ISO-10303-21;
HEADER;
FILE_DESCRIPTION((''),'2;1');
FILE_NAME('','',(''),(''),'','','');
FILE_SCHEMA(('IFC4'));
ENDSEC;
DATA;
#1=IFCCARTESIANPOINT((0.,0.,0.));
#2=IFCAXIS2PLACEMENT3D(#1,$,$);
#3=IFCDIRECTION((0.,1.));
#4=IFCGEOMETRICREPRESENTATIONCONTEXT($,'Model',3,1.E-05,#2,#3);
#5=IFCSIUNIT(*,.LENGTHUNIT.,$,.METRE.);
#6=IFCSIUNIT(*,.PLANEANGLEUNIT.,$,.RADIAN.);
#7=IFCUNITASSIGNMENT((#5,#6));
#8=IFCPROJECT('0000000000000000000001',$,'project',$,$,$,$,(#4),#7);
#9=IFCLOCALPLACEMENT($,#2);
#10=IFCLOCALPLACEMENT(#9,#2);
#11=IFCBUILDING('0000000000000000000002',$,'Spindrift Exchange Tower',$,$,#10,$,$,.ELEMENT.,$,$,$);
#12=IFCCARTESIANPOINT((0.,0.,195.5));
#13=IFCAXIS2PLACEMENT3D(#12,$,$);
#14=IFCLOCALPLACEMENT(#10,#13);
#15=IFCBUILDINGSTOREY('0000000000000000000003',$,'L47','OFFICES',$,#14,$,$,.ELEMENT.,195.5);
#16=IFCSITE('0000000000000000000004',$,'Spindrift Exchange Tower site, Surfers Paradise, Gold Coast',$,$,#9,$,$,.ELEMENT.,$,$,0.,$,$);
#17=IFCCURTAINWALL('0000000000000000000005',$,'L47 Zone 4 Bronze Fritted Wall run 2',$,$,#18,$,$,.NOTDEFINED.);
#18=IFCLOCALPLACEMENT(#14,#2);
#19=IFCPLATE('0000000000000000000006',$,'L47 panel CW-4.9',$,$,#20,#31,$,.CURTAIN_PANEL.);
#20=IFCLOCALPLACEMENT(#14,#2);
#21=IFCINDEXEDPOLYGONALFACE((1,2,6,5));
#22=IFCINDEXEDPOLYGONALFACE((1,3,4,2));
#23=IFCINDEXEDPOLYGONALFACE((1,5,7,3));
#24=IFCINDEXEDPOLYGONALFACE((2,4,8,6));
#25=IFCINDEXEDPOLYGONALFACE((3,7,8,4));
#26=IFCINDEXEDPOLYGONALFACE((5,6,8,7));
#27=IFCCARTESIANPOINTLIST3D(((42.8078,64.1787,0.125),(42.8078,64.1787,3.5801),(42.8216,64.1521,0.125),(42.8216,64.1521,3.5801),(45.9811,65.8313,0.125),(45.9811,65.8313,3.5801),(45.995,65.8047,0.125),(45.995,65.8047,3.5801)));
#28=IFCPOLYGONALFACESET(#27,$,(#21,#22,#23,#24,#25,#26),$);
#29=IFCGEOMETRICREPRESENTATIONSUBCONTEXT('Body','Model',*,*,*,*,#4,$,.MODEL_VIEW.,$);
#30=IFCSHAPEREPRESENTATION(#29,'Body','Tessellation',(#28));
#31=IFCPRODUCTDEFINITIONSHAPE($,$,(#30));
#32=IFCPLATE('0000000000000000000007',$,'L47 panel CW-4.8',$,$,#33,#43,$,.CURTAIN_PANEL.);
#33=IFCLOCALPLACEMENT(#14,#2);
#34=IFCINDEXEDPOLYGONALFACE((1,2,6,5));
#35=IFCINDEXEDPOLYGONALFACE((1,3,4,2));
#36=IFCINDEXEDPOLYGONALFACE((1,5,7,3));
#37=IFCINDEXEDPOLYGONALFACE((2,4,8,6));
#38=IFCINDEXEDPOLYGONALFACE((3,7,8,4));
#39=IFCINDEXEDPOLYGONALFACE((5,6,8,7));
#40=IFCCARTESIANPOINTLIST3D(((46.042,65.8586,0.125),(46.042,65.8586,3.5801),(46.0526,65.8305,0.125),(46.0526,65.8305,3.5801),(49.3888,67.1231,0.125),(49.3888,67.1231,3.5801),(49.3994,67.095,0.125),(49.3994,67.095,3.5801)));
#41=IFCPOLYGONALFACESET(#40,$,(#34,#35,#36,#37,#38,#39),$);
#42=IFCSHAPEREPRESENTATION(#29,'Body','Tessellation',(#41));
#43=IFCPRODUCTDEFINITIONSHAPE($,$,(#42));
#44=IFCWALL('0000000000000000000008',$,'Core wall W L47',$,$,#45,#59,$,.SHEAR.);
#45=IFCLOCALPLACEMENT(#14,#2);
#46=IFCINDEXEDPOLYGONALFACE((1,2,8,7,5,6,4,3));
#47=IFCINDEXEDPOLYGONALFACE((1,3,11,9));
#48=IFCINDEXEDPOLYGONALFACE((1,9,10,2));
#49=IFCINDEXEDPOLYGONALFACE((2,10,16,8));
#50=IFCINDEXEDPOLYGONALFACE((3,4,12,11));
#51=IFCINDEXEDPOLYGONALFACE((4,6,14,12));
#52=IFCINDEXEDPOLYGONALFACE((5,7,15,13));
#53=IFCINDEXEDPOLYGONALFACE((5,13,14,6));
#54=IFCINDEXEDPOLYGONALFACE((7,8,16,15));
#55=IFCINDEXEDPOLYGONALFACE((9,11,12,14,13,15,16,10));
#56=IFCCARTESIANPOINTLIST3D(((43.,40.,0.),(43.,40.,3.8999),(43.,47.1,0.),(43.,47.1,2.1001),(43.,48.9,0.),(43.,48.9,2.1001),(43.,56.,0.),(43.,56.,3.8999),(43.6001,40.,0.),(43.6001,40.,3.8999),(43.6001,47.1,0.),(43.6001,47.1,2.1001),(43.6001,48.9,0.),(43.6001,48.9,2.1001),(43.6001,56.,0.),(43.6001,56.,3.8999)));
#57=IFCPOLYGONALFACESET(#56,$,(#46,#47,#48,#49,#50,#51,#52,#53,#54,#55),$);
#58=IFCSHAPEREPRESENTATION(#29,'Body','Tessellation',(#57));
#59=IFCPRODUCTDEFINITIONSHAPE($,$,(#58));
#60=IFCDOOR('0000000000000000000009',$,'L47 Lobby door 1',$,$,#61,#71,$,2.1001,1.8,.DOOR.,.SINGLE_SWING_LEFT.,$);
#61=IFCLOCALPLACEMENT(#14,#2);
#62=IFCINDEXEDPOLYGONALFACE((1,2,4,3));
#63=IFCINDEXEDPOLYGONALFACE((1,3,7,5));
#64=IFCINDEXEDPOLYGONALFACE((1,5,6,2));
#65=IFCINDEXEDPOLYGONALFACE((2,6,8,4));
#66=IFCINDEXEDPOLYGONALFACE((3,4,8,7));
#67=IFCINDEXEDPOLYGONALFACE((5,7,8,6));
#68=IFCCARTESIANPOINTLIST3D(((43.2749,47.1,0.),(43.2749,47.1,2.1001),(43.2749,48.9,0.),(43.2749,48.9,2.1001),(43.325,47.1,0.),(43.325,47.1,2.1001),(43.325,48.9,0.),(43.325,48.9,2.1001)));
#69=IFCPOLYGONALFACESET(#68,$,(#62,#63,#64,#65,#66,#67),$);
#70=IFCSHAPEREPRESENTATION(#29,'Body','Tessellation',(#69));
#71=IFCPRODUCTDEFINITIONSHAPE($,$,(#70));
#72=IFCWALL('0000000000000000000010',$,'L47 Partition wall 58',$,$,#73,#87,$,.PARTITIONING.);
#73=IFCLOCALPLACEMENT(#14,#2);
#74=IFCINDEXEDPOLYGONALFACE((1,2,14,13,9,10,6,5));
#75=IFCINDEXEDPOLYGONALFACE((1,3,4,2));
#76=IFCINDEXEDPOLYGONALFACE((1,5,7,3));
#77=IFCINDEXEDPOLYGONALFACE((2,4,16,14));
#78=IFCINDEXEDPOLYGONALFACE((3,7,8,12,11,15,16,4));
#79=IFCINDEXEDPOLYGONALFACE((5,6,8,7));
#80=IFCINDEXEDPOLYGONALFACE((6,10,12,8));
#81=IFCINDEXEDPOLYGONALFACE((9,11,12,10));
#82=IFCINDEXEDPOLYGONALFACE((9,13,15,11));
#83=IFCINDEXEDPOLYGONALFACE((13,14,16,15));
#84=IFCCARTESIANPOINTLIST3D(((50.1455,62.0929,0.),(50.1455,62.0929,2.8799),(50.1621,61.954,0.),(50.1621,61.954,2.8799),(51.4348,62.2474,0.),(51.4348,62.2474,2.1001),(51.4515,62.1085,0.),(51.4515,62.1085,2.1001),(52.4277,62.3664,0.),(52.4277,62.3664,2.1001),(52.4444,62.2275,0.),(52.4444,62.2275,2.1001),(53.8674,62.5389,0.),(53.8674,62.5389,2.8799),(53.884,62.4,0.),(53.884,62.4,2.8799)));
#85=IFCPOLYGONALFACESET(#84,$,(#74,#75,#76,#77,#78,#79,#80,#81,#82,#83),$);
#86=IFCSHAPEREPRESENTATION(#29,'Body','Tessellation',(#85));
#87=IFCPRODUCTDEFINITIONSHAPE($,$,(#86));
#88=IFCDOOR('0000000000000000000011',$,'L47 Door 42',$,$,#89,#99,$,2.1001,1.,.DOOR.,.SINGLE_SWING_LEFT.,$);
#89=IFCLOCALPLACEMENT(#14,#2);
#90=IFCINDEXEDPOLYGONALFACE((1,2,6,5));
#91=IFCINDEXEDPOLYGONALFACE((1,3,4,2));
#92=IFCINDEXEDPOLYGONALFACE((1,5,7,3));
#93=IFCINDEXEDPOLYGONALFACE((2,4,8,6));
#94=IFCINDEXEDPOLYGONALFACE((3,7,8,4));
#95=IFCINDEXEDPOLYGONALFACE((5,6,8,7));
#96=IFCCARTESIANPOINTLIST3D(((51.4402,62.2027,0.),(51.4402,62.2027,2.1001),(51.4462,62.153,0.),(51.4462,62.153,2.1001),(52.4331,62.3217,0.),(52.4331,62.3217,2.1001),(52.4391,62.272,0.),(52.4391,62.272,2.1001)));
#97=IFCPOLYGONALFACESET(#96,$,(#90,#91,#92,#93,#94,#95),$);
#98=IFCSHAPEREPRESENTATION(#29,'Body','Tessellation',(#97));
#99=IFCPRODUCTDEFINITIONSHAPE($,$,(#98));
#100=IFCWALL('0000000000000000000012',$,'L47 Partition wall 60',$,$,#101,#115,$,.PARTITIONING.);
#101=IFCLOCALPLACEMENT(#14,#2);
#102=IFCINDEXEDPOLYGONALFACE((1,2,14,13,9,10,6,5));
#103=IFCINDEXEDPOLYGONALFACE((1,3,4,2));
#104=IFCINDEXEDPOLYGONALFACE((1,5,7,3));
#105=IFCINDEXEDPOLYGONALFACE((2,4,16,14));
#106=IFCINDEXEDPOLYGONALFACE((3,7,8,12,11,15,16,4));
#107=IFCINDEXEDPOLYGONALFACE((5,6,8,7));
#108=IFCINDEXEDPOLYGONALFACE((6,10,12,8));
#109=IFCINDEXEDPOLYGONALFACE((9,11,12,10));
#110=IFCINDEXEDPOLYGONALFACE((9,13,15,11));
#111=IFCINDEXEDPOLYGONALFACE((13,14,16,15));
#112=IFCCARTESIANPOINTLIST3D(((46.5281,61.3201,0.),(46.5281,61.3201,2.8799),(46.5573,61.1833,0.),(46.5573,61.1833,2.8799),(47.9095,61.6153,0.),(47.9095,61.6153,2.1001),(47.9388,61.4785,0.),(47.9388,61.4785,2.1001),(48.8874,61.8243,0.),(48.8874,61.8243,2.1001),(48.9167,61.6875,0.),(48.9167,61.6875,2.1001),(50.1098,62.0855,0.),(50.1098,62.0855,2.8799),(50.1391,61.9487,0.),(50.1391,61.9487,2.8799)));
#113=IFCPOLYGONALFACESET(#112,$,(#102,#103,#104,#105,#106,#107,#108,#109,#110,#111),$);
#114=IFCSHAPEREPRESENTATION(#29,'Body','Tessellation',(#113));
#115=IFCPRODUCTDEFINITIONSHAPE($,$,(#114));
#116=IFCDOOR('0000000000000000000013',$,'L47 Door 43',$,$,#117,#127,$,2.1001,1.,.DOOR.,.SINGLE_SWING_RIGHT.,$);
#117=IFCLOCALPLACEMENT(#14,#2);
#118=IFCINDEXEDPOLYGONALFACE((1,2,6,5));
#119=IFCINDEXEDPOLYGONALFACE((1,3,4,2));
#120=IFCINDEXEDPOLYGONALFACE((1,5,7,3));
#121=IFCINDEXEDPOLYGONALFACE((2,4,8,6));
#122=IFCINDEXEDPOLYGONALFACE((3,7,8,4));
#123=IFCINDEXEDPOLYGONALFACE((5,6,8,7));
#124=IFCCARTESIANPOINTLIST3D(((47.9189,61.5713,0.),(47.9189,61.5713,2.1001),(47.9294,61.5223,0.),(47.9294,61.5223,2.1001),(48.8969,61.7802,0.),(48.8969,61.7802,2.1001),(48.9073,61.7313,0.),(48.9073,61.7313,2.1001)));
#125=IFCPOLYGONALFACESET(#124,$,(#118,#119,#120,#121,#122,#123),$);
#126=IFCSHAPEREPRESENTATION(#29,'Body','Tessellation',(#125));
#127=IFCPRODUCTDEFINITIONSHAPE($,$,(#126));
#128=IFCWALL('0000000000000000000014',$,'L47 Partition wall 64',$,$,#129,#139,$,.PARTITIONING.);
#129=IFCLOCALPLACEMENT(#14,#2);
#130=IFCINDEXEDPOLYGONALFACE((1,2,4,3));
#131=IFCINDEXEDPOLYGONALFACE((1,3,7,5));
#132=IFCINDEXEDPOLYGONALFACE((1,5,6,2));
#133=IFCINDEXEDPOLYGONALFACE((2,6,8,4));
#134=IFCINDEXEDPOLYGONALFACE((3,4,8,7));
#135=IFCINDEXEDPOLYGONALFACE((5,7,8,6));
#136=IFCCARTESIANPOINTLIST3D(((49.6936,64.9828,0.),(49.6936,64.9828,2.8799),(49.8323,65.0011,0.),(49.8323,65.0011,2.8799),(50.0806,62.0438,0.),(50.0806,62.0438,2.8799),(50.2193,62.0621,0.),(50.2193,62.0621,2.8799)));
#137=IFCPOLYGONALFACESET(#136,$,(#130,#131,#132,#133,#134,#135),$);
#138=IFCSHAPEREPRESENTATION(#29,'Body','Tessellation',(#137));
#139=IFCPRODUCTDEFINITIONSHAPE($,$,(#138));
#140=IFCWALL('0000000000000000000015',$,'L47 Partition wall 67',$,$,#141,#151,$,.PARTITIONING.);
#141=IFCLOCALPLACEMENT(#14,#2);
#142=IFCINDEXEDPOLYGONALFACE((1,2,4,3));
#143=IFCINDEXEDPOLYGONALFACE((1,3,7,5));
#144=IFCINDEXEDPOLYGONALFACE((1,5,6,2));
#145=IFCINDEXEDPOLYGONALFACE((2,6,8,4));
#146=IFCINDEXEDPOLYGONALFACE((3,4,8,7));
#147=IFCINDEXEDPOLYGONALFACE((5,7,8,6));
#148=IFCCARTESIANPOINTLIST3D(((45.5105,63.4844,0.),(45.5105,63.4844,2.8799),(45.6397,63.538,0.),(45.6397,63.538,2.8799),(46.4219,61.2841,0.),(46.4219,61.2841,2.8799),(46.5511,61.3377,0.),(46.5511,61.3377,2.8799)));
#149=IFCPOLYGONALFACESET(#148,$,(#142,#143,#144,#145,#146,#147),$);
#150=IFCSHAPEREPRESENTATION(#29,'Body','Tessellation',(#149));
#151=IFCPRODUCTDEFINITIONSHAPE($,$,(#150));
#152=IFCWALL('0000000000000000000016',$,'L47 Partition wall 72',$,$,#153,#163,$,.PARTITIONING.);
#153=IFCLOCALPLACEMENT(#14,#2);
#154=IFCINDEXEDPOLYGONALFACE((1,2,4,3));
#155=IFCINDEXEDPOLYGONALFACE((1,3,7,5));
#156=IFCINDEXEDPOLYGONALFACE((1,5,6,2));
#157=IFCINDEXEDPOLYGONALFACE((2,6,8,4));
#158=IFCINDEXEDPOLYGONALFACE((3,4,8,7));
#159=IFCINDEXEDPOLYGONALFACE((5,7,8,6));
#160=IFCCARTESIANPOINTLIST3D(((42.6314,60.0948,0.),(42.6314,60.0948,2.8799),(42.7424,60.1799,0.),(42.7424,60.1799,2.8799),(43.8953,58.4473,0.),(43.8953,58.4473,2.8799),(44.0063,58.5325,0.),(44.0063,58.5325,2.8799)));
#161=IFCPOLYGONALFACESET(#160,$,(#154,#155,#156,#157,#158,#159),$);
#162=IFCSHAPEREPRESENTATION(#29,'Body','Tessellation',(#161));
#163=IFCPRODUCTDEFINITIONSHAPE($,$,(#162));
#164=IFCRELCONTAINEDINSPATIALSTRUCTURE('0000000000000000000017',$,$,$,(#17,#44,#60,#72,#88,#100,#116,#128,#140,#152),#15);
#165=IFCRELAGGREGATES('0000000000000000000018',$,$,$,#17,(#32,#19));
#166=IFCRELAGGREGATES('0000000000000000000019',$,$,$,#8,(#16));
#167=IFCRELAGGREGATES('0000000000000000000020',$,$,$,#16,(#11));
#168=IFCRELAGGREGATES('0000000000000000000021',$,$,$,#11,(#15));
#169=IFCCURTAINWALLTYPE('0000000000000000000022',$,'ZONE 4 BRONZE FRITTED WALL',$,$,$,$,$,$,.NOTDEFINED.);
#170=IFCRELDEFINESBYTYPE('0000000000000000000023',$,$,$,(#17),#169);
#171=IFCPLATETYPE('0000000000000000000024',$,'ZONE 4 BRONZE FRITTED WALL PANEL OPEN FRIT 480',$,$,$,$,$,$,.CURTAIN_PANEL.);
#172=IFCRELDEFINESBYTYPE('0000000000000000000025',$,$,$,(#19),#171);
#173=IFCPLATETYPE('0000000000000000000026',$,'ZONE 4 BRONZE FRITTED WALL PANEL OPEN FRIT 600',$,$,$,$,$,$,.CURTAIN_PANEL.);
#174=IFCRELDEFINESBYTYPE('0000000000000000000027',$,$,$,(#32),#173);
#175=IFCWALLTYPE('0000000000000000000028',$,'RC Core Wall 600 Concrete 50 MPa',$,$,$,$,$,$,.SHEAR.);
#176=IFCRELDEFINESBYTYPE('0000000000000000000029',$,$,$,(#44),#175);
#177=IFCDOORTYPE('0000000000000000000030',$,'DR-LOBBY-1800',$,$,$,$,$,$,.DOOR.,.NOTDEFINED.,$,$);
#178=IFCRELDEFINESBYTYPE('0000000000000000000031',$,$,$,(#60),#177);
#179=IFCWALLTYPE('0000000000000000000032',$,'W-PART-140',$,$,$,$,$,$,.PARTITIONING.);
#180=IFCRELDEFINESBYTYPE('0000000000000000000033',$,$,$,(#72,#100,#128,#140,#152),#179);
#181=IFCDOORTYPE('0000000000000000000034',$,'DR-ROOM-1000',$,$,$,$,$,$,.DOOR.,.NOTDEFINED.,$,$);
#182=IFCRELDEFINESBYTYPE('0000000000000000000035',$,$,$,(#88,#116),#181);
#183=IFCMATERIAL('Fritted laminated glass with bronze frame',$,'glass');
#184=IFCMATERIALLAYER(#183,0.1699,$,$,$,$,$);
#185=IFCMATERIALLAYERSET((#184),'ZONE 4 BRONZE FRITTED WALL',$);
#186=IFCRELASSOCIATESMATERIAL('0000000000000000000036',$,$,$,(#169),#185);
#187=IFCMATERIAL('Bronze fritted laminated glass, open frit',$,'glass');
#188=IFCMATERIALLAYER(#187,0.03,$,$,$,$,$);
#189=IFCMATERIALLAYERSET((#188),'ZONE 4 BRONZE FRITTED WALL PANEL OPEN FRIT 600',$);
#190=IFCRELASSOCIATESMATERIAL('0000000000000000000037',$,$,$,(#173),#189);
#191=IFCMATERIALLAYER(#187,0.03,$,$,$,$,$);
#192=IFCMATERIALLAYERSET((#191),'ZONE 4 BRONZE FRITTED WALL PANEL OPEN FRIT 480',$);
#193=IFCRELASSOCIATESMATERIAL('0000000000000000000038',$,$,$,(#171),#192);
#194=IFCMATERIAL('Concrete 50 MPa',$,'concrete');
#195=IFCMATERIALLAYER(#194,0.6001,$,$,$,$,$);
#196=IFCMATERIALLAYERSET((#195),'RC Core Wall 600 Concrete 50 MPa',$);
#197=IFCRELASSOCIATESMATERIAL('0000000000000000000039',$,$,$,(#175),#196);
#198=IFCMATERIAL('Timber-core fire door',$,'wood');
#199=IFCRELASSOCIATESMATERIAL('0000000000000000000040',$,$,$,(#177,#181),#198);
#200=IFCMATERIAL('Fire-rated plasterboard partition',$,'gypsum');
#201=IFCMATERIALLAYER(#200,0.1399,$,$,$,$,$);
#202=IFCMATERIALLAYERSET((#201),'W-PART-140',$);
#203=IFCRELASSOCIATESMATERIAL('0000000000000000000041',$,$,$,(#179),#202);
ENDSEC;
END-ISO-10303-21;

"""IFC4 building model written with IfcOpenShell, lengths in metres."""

from ifc_helpers import new_model, si_unit, direction, frame, frame_2d, origin, origin_2d, place, context, subcontext, project, spatial, rectangle, extrude, source, transform, mapped, material, layer, layer_set, type_object, element, fill, aggregate, save


model = new_model("IFC4")

# Units and contexts
model_context = context("Model", 3, precision=1e-05, world=origin(), true_north=direction((0.0, 1.0)))
body_context = subcontext(model_context, "Body", "Model", "MODEL_VIEW")
ifc_project = project(units=[si_unit("LENGTHUNIT", "METRE"), si_unit("PLANEANGLEUNIT", "RADIAN")], contexts=[model_context])

# Site, building, storey
site_placement = place(None, origin())
site = spatial("IfcSite", under=ifc_project, at=site_placement, Name="Spindrift Exchange Tower site, Surfers Paradise, Gold Coast", CompositionType="ELEMENT", RefElevation=0.0)
building_placement = place(site_placement, origin())
building = spatial("IfcBuilding", under=site, at=building_placement, Name="Spindrift Exchange Tower", CompositionType="ELEMENT")
storey_placement = place(building_placement, frame((0.0, 0.0, 195.5)))
storey = spatial("IfcBuildingStorey", under=building, at=storey_placement, Name="L47", Description="OFFICES", CompositionType="ELEMENT", Elevation=195.5)

# Shared definitions
ifc_material_1 = material(Name="Concrete 50 MPa", Category="concrete")

# Curtain wall, plates
ifc_material_2 = material(Name="Fritted laminated glass with bronze frame", Category="glass")
ifc_layer_1 = layer(ifc_material_2, 0.1699)
ifc_layer_set_1 = layer_set([ifc_layer_1], Name="ZONE 4 BRONZE FRITTED WALL")
curtain_wall_type = type_object("IfcCurtainWallType", Name="ZONE 4 BRONZE FRITTED WALL", PredefinedType="NOTDEFINED", material=ifc_layer_set_1)
curtain_wall_placement = place(storey_placement, origin())
curtain_wall = element("IfcCurtainWall", 1, at=curtain_wall_placement, inside=storey, type_object=curtain_wall_type, Name="L47 Zone 4 Bronze Fritted Wall run 2", PredefinedType="NOTDEFINED")
ifc_material_3 = material(Name="Bronze fritted laminated glass, open frit", Category="glass")
ifc_layer_2 = layer(ifc_material_3, 0.03)
ifc_layer_set_2 = layer_set([ifc_layer_2], Name="ZONE 4 BRONZE FRITTED WALL PANEL OPEN FRIT 600")
plate_type_1 = type_object("IfcPlateType", Name="ZONE 4 BRONZE FRITTED WALL PANEL OPEN FRIT 600", PredefinedType="CURTAIN_PANEL", material=ifc_layer_set_2)
ifc_layer_3 = layer(ifc_material_3, 0.03)
ifc_layer_set_3 = layer_set([ifc_layer_3], Name="ZONE 4 BRONZE FRITTED WALL PANEL OPEN FRIT 480")
plate_type_2 = type_object("IfcPlateType", Name="ZONE 4 BRONZE FRITTED WALL PANEL OPEN FRIT 480", PredefinedType="CURTAIN_PANEL", material=ifc_layer_set_3)
shared_shape_1 = source(origin(), body_context, "Body", "SweptSolid", [
    extrude(rectangle(XDim=3.5779, YDim=0.03, at=origin_2d()), origin(), (0.0, 0.0, 1.0), 3.4551),
])
plate_1_placement = place(storey_placement, frame((44.4014, 64.9917, 0.125), z_axis=(0.0, 0.0, 1.0), x_axis=(-0.886938, -0.461888, 0.0)))
plate_1 = element("IfcPlate", 2, at=plate_1_placement, type_object=plate_type_2, Name="L47 panel CW-4.9", PredefinedType="CURTAIN_PANEL", context=body_context, shape_type="MappedRepresentation", body=[
    mapped(shared_shape_1, transform((0.0, 0.0, 0.0), scale=1.0)),
])
shared_shape_2 = source(origin(), body_context, "Body", "SweptSolid", [
    extrude(rectangle(XDim=3.5776, YDim=0.03, at=origin_2d()), origin(), (0.0, 0.0, 1.0), 3.4551),
])
plate_2_placement = place(storey_placement, frame((47.7207, 66.4768, 0.125), z_axis=(0.0, 0.0, 1.0), x_axis=(-0.935461, -0.353429, 0.0)))
plate_2 = element("IfcPlate", 3, at=plate_2_placement, type_object=plate_type_1, Name="L47 panel CW-4.8", PredefinedType="CURTAIN_PANEL", context=body_context, shape_type="MappedRepresentation", body=[
    mapped(shared_shape_2, transform((0.0, 0.0, 0.0), scale=1.0)),
])
aggregate(curtain_wall, [plate_2, plate_1])

# Walls, openings, doors
ifc_layer_4 = layer(ifc_material_1, 0.6001)
ifc_layer_set_4 = layer_set([ifc_layer_4], Name="RC Core Wall 600 Concrete 50 MPa")
wall_type_1 = type_object("IfcWallType", Name="RC Core Wall 600 Concrete 50 MPa", PredefinedType="SHEAR", material=ifc_layer_set_4)
wall_1_placement = place(storey_placement, frame((43.3, 56.0, 0.0), z_axis=(0.0, 0.0, 1.0), x_axis=(0.0, -1.0, 0.0)))
wall_1 = element("IfcWall", 4, at=wall_1_placement, inside=storey, type_object=wall_type_1, Name="Core wall W L47", PredefinedType="SHEAR", context=body_context, shape_type="SweptSolid", body=[
    extrude(rectangle(XDim=16.0, YDim=0.6001, at=frame_2d((8.0, 0.0))), origin(), (0.0, 0.0, 1.0), 3.8999),
])
opening_1_placement = place(wall_1_placement, frame((7.1001, 0.0, 0.0)))
opening_1 = element("IfcOpeningElement", 5, at=opening_1_placement, cuts=wall_1, PredefinedType="OPENING", context=body_context, shape_type="SweptSolid", body=[
    extrude(rectangle(XDim=1.8, YDim=2.1001, at=frame_2d((0.8999, 1.05))), frame((0.0, 0.3101, 0.0), z_axis=(0.0, -1.0, 0.0), x_axis=(1.0, 0.0, 0.0)), (0.0, 0.0, 1.0), 0.6201),
])
ifc_material_4 = material(Name="Timber-core fire door", Category="wood")
door_type_1 = type_object("IfcDoorType", Name="DR-LOBBY-1800", OperationType="NOTDEFINED", PredefinedType="DOOR", material=ifc_material_4)
shared_shape_3 = source(origin(), body_context, "Body", "SweptSolid", [
    extrude(rectangle(XDim=1.8, YDim=2.1001, at=frame_2d((0.8999, 1.05))), frame((0.0, 0.0249, 0.0), z_axis=(0.0, -1.0, 0.0), x_axis=(1.0, 0.0, 0.0)), (0.0, 0.0, 1.0), 0.05),
])
door_1_placement = place(opening_1_placement, origin())
door_1 = element("IfcDoor", 6, at=door_1_placement, inside=storey, type_object=door_type_1, Name="L47 Lobby door 1", OperationType="SINGLE_SWING_LEFT", OverallHeight=2.1001, OverallWidth=1.8, PredefinedType="DOOR", context=body_context, shape_type="MappedRepresentation", body=[
    mapped(shared_shape_3, transform((0.0, 0.0, 0.0), scale=1.0)),
])
fill(opening_1, door_1)
ifc_material_5 = material(Name="Fire-rated plasterboard partition", Category="gypsum")
ifc_layer_5 = layer(ifc_material_5, 0.1399)
ifc_layer_set_5 = layer_set([ifc_layer_5], Name="W-PART-140")
wall_type_2 = type_object("IfcWallType", Name="W-PART-140", PredefinedType="PARTITIONING", material=ifc_layer_set_5)
wall_2_placement = place(storey_placement, frame((50.1538, 62.0234, 0.0), z_axis=(0.0, 0.0, 1.0), x_axis=(0.992895, 0.118991, 0.0)))
wall_2 = element("IfcWall", 7, at=wall_2_placement, inside=storey, type_object=wall_type_2, Name="L47 Partition wall 58", PredefinedType="PARTITIONING", context=body_context, shape_type="SweptSolid", body=[
    extrude(rectangle(XDim=3.7485, YDim=0.1399, at=frame_2d((1.8743, 0.0))), origin(), (0.0, 0.0, 1.0), 2.8799),
])
opening_2_placement = place(wall_2_placement, frame((1.2986, 0.0, 0.0)))
opening_2 = element("IfcOpeningElement", 8, at=opening_2_placement, cuts=wall_2, PredefinedType="OPENING", context=body_context, shape_type="SweptSolid", body=[
    extrude(rectangle(XDim=1.0, YDim=2.1001, at=frame_2d((0.5, 1.05))), frame((0.0, 0.0798, 0.0), z_axis=(0.0, -1.0, 0.0), x_axis=(1.0, 0.0, 0.0)), (0.0, 0.0, 1.0), 0.1599),
])
door_type_2 = type_object("IfcDoorType", Name="DR-ROOM-1000", OperationType="NOTDEFINED", PredefinedType="DOOR", material=ifc_material_4)
shared_shape_4 = source(origin(), body_context, "Body", "SweptSolid", [
    extrude(rectangle(XDim=1.0, YDim=2.1001, at=frame_2d((0.5, 1.05))), frame((0.0, 0.0249, 0.0), z_axis=(0.0, -1.0, 0.0), x_axis=(1.0, 0.0, 0.0)), (0.0, 0.0, 1.0), 0.05),
])
door_2_placement = place(opening_2_placement, origin())
door_2 = element("IfcDoor", 9, at=door_2_placement, inside=storey, type_object=door_type_2, Name="L47 Door 42", OperationType="SINGLE_SWING_LEFT", OverallHeight=2.1001, OverallWidth=1.0, PredefinedType="DOOR", context=body_context, shape_type="MappedRepresentation", body=[
    mapped(shared_shape_4, transform((0.0, 0.0, 0.0), scale=1.0)),
])
fill(opening_2, door_2)
wall_3_placement = place(storey_placement, frame((46.5427, 61.2517, 0.0), z_axis=(0.0, 0.0, 1.0), x_axis=(0.977922, 0.208969, 0.0)))
wall_3 = element("IfcWall", 10, at=wall_3_placement, inside=storey, type_object=wall_type_2, Name="L47 Partition wall 60", PredefinedType="PARTITIONING", context=body_context, shape_type="SweptSolid", body=[
    extrude(rectangle(XDim=3.6626, YDim=0.1399, at=frame_2d((1.8313, 0.0))), origin(), (0.0, 0.0, 1.0), 2.8799),
])
opening_3_placement = place(wall_3_placement, frame((1.4126, 0.0, 0.0)))
opening_3 = element("IfcOpeningElement", 11, at=opening_3_placement, cuts=wall_3, PredefinedType="OPENING", context=body_context, shape_type="SweptSolid", body=[
    extrude(rectangle(XDim=1.0, YDim=2.1001, at=frame_2d((0.5, 1.05))), frame((0.0, 0.0798, 0.0), z_axis=(0.0, -1.0, 0.0), x_axis=(1.0, 0.0, 0.0)), (0.0, 0.0, 1.0), 0.1599),
])
door_3_placement = place(opening_3_placement, origin())
door_3 = element("IfcDoor", 12, at=door_3_placement, inside=storey, type_object=door_type_2, Name="L47 Door 43", OperationType="SINGLE_SWING_RIGHT", OverallHeight=2.1001, OverallWidth=1.0, PredefinedType="DOOR", context=body_context, shape_type="MappedRepresentation", body=[
    mapped(shared_shape_4, transform((0.0, 0.0, 0.0), scale=1.0)),
])
fill(opening_3, door_3)

# Walls
wall_4_placement = place(storey_placement, frame((50.1499, 62.053, 0.0), z_axis=(0.0, 0.0, 1.0), x_axis=(-0.13054, 0.991443, 0.0)))
element("IfcWall", 13, at=wall_4_placement, inside=storey, type_object=wall_type_2, Name="L47 Partition wall 64", PredefinedType="PARTITIONING", context=body_context, shape_type="SweptSolid", body=[
    extrude(rectangle(XDim=2.9644, YDim=0.1399, at=frame_2d((1.4822, 0.0))), origin(), (0.0, 0.0, 1.0), 2.8799),
])
wall_5_placement = place(storey_placement, frame((46.4866, 61.3108, 0.0), z_axis=(0.0, 0.0, 1.0), x_axis=(-0.382693, 0.923876, 0.0)))
element("IfcWall", 14, at=wall_5_placement, inside=storey, type_object=wall_type_2, Name="L47 Partition wall 67", PredefinedType="PARTITIONING", context=body_context, shape_type="SweptSolid", body=[
    extrude(rectangle(XDim=2.3816, YDim=0.1399, at=frame_2d((1.1909, 0.0))), origin(), (0.0, 0.0, 1.0), 2.8799),
])
wall_6_placement = place(storey_placement, frame((43.9507, 58.49, 0.0), z_axis=(0.0, 0.0, 1.0), x_axis=(-0.608693, 0.793406, 0.0)))
element("IfcWall", 15, at=wall_6_placement, inside=storey, type_object=wall_type_2, Name="L47 Partition wall 72", PredefinedType="PARTITIONING", context=body_context, shape_type="SweptSolid", body=[
    extrude(rectangle(XDim=2.0764, YDim=0.1399, at=frame_2d((1.0381, 0.0))), origin(), (0.0, 0.0, 1.0), 2.8799),
])

save(model, "model.ifc")
